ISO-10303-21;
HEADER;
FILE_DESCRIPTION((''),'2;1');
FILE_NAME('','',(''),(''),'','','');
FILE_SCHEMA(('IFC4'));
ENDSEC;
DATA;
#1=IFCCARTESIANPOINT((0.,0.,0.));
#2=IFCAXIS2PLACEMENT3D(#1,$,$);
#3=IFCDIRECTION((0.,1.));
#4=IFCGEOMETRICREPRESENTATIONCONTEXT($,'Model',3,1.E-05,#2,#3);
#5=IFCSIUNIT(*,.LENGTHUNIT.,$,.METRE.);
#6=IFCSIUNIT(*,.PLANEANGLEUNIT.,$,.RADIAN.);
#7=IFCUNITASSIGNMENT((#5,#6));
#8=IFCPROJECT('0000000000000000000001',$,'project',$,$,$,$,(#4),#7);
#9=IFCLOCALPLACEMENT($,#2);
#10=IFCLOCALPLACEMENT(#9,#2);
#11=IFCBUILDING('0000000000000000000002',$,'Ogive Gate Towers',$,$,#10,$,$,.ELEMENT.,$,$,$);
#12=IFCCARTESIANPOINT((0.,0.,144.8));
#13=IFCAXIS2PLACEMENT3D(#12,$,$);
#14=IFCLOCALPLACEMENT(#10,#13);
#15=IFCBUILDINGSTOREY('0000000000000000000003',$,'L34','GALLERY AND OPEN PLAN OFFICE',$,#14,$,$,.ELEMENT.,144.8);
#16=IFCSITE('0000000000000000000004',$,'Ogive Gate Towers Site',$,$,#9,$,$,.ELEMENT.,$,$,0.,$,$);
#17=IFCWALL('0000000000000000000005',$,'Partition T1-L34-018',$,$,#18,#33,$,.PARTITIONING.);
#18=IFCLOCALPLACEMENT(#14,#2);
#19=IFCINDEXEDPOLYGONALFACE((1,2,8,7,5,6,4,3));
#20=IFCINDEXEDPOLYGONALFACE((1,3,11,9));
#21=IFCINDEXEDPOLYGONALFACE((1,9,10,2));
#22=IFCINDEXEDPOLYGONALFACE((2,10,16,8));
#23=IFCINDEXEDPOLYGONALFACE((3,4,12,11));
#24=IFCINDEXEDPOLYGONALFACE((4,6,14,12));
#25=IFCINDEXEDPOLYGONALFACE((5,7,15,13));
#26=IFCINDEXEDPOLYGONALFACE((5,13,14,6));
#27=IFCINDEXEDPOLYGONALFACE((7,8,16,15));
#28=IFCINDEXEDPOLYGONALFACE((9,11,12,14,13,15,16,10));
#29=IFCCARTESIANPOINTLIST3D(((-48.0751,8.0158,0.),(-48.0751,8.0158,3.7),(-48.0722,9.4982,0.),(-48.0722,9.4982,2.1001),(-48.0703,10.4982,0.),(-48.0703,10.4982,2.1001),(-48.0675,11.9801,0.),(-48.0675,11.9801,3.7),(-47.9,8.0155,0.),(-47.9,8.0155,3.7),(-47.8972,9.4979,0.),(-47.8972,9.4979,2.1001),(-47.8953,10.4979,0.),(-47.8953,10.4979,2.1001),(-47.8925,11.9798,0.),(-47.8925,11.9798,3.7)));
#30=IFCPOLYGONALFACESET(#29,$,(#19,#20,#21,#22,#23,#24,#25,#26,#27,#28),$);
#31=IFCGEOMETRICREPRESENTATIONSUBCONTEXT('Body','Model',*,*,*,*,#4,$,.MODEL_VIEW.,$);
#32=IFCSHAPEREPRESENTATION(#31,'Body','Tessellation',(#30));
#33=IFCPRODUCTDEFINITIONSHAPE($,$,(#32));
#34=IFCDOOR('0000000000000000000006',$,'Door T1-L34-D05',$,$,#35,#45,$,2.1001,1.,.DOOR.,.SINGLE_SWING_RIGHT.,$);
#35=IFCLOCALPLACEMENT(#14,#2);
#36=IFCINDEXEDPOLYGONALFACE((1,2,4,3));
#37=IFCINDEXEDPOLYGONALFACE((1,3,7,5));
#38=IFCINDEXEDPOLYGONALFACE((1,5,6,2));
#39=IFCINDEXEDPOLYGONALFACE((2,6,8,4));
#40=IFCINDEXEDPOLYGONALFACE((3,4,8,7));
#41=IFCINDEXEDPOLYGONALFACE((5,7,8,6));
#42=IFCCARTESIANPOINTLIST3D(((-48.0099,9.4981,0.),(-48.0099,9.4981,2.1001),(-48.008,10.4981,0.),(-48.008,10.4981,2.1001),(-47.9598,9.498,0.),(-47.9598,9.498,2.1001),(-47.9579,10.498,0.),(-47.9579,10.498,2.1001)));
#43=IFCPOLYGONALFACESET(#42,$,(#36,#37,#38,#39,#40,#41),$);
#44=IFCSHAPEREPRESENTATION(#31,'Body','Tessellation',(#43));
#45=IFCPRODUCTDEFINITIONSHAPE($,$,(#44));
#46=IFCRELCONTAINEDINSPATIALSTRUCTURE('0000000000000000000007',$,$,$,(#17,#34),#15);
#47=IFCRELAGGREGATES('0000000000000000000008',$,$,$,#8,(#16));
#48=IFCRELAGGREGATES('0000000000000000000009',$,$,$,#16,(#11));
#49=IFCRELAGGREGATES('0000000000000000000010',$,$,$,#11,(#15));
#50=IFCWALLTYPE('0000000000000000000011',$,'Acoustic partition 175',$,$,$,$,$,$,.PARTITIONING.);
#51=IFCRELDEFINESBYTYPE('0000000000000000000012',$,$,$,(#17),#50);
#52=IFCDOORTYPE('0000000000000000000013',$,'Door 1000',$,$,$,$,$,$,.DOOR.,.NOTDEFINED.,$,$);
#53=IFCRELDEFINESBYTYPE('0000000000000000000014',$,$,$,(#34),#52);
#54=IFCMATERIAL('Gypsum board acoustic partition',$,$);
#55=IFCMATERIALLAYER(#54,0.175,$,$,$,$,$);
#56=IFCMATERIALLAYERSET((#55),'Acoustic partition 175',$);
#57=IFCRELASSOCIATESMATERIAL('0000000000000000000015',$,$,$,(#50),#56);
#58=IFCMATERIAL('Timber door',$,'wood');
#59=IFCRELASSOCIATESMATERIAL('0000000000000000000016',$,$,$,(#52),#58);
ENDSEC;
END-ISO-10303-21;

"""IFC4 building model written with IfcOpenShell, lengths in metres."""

from ifc_helpers import new_model, si_unit, direction, frame, frame_2d, origin, place, context, subcontext, project, spatial, rectangle, extrude, material, layer, layer_set, type_object, element, fill, save


model = new_model("IFC4")

# Units and contexts
model_context = context("Model", 3, precision=1e-05, world=origin(), true_north=direction((0.0, 1.0)))
body_context = subcontext(model_context, "Body", "Model", "MODEL_VIEW")
ifc_project = project(units=[si_unit("LENGTHUNIT", "METRE"), si_unit("PLANEANGLEUNIT", "RADIAN")], contexts=[model_context])

# Site, building, storey
site_placement = place(None, origin())
site = spatial("IfcSite", under=ifc_project, at=site_placement, Name="Ogive Gate Towers Site", CompositionType="ELEMENT", RefElevation=0.0)
building_placement = place(site_placement, origin())
building = spatial("IfcBuilding", under=site, at=building_placement, Name="Ogive Gate Towers", CompositionType="ELEMENT")
storey_placement = place(building_placement, frame((0.0, 0.0, 144.8)))
storey = spatial("IfcBuildingStorey", under=building, at=storey_placement, Name="L34", Description="GALLERY AND OPEN PLAN OFFICE", CompositionType="ELEMENT", Elevation=144.8)

# Shared definitions
ifc_material_1 = material(Name="Gypsum board acoustic partition")
ifc_layer_1 = layer(ifc_material_1, 0.175)
ifc_layer_set_1 = layer_set([ifc_layer_1], Name="Acoustic partition 175")
wall_type = type_object("IfcWallType", Name="Acoustic partition 175", PredefinedType="PARTITIONING", material=ifc_layer_set_1)

# Wall, opening, door
wall_placement = place(storey_placement, frame((-47.98, 11.98, 0.0), z_axis=(0.0, 0.0, 1.0), x_axis=(-0.001909, -0.999998, 0.0)))
wall = element("IfcWall", 1, at=wall_placement, inside=storey, type_object=wall_type, Name="Partition T1-L34-018", PredefinedType="PARTITIONING", context=body_context, shape_type="SweptSolid", body=[
    extrude(rectangle(XDim=3.9644, YDim=0.175, at=frame_2d((1.9822, 0.0))), origin(), (0.0, 0.0, 1.0), 3.7),
])
opening_placement = place(wall_placement, frame((1.4819, 0.0, 0.0)))
opening = element("IfcOpeningElement", 2, at=opening_placement, cuts=wall, PredefinedType="OPENING", context=body_context, shape_type="SweptSolid", body=[
    extrude(rectangle(XDim=1.0, YDim=2.1001, at=frame_2d((0.5, 1.05))), frame((0.0, 0.0977, 0.0), z_axis=(0.0, -1.0, 0.0), x_axis=(1.0, 0.0, 0.0)), (0.0, 0.0, 1.0), 0.1951),
])
ifc_material_2 = material(Name="Timber door", Category="wood")
door_type = type_object("IfcDoorType", Name="Door 1000", OperationType="NOTDEFINED", PredefinedType="DOOR", material=ifc_material_2)
door_placement = place(opening_placement, origin())
door = element("IfcDoor", 3, at=door_placement, inside=storey, type_object=door_type, Name="Door T1-L34-D05", OperationType="SINGLE_SWING_RIGHT", OverallHeight=2.1001, OverallWidth=1.0, PredefinedType="DOOR", context=body_context, shape_type="SweptSolid", body=[
    extrude(rectangle(XDim=1.0, YDim=2.1001, at=frame_2d((0.5, 1.05))), frame((0.0, 0.0249, 0.0), z_axis=(0.0, -1.0, 0.0), x_axis=(1.0, 0.0, 0.0)), (0.0, 0.0, 1.0), 0.05),
])
fill(opening, door)

save(model, "model.ifc")
